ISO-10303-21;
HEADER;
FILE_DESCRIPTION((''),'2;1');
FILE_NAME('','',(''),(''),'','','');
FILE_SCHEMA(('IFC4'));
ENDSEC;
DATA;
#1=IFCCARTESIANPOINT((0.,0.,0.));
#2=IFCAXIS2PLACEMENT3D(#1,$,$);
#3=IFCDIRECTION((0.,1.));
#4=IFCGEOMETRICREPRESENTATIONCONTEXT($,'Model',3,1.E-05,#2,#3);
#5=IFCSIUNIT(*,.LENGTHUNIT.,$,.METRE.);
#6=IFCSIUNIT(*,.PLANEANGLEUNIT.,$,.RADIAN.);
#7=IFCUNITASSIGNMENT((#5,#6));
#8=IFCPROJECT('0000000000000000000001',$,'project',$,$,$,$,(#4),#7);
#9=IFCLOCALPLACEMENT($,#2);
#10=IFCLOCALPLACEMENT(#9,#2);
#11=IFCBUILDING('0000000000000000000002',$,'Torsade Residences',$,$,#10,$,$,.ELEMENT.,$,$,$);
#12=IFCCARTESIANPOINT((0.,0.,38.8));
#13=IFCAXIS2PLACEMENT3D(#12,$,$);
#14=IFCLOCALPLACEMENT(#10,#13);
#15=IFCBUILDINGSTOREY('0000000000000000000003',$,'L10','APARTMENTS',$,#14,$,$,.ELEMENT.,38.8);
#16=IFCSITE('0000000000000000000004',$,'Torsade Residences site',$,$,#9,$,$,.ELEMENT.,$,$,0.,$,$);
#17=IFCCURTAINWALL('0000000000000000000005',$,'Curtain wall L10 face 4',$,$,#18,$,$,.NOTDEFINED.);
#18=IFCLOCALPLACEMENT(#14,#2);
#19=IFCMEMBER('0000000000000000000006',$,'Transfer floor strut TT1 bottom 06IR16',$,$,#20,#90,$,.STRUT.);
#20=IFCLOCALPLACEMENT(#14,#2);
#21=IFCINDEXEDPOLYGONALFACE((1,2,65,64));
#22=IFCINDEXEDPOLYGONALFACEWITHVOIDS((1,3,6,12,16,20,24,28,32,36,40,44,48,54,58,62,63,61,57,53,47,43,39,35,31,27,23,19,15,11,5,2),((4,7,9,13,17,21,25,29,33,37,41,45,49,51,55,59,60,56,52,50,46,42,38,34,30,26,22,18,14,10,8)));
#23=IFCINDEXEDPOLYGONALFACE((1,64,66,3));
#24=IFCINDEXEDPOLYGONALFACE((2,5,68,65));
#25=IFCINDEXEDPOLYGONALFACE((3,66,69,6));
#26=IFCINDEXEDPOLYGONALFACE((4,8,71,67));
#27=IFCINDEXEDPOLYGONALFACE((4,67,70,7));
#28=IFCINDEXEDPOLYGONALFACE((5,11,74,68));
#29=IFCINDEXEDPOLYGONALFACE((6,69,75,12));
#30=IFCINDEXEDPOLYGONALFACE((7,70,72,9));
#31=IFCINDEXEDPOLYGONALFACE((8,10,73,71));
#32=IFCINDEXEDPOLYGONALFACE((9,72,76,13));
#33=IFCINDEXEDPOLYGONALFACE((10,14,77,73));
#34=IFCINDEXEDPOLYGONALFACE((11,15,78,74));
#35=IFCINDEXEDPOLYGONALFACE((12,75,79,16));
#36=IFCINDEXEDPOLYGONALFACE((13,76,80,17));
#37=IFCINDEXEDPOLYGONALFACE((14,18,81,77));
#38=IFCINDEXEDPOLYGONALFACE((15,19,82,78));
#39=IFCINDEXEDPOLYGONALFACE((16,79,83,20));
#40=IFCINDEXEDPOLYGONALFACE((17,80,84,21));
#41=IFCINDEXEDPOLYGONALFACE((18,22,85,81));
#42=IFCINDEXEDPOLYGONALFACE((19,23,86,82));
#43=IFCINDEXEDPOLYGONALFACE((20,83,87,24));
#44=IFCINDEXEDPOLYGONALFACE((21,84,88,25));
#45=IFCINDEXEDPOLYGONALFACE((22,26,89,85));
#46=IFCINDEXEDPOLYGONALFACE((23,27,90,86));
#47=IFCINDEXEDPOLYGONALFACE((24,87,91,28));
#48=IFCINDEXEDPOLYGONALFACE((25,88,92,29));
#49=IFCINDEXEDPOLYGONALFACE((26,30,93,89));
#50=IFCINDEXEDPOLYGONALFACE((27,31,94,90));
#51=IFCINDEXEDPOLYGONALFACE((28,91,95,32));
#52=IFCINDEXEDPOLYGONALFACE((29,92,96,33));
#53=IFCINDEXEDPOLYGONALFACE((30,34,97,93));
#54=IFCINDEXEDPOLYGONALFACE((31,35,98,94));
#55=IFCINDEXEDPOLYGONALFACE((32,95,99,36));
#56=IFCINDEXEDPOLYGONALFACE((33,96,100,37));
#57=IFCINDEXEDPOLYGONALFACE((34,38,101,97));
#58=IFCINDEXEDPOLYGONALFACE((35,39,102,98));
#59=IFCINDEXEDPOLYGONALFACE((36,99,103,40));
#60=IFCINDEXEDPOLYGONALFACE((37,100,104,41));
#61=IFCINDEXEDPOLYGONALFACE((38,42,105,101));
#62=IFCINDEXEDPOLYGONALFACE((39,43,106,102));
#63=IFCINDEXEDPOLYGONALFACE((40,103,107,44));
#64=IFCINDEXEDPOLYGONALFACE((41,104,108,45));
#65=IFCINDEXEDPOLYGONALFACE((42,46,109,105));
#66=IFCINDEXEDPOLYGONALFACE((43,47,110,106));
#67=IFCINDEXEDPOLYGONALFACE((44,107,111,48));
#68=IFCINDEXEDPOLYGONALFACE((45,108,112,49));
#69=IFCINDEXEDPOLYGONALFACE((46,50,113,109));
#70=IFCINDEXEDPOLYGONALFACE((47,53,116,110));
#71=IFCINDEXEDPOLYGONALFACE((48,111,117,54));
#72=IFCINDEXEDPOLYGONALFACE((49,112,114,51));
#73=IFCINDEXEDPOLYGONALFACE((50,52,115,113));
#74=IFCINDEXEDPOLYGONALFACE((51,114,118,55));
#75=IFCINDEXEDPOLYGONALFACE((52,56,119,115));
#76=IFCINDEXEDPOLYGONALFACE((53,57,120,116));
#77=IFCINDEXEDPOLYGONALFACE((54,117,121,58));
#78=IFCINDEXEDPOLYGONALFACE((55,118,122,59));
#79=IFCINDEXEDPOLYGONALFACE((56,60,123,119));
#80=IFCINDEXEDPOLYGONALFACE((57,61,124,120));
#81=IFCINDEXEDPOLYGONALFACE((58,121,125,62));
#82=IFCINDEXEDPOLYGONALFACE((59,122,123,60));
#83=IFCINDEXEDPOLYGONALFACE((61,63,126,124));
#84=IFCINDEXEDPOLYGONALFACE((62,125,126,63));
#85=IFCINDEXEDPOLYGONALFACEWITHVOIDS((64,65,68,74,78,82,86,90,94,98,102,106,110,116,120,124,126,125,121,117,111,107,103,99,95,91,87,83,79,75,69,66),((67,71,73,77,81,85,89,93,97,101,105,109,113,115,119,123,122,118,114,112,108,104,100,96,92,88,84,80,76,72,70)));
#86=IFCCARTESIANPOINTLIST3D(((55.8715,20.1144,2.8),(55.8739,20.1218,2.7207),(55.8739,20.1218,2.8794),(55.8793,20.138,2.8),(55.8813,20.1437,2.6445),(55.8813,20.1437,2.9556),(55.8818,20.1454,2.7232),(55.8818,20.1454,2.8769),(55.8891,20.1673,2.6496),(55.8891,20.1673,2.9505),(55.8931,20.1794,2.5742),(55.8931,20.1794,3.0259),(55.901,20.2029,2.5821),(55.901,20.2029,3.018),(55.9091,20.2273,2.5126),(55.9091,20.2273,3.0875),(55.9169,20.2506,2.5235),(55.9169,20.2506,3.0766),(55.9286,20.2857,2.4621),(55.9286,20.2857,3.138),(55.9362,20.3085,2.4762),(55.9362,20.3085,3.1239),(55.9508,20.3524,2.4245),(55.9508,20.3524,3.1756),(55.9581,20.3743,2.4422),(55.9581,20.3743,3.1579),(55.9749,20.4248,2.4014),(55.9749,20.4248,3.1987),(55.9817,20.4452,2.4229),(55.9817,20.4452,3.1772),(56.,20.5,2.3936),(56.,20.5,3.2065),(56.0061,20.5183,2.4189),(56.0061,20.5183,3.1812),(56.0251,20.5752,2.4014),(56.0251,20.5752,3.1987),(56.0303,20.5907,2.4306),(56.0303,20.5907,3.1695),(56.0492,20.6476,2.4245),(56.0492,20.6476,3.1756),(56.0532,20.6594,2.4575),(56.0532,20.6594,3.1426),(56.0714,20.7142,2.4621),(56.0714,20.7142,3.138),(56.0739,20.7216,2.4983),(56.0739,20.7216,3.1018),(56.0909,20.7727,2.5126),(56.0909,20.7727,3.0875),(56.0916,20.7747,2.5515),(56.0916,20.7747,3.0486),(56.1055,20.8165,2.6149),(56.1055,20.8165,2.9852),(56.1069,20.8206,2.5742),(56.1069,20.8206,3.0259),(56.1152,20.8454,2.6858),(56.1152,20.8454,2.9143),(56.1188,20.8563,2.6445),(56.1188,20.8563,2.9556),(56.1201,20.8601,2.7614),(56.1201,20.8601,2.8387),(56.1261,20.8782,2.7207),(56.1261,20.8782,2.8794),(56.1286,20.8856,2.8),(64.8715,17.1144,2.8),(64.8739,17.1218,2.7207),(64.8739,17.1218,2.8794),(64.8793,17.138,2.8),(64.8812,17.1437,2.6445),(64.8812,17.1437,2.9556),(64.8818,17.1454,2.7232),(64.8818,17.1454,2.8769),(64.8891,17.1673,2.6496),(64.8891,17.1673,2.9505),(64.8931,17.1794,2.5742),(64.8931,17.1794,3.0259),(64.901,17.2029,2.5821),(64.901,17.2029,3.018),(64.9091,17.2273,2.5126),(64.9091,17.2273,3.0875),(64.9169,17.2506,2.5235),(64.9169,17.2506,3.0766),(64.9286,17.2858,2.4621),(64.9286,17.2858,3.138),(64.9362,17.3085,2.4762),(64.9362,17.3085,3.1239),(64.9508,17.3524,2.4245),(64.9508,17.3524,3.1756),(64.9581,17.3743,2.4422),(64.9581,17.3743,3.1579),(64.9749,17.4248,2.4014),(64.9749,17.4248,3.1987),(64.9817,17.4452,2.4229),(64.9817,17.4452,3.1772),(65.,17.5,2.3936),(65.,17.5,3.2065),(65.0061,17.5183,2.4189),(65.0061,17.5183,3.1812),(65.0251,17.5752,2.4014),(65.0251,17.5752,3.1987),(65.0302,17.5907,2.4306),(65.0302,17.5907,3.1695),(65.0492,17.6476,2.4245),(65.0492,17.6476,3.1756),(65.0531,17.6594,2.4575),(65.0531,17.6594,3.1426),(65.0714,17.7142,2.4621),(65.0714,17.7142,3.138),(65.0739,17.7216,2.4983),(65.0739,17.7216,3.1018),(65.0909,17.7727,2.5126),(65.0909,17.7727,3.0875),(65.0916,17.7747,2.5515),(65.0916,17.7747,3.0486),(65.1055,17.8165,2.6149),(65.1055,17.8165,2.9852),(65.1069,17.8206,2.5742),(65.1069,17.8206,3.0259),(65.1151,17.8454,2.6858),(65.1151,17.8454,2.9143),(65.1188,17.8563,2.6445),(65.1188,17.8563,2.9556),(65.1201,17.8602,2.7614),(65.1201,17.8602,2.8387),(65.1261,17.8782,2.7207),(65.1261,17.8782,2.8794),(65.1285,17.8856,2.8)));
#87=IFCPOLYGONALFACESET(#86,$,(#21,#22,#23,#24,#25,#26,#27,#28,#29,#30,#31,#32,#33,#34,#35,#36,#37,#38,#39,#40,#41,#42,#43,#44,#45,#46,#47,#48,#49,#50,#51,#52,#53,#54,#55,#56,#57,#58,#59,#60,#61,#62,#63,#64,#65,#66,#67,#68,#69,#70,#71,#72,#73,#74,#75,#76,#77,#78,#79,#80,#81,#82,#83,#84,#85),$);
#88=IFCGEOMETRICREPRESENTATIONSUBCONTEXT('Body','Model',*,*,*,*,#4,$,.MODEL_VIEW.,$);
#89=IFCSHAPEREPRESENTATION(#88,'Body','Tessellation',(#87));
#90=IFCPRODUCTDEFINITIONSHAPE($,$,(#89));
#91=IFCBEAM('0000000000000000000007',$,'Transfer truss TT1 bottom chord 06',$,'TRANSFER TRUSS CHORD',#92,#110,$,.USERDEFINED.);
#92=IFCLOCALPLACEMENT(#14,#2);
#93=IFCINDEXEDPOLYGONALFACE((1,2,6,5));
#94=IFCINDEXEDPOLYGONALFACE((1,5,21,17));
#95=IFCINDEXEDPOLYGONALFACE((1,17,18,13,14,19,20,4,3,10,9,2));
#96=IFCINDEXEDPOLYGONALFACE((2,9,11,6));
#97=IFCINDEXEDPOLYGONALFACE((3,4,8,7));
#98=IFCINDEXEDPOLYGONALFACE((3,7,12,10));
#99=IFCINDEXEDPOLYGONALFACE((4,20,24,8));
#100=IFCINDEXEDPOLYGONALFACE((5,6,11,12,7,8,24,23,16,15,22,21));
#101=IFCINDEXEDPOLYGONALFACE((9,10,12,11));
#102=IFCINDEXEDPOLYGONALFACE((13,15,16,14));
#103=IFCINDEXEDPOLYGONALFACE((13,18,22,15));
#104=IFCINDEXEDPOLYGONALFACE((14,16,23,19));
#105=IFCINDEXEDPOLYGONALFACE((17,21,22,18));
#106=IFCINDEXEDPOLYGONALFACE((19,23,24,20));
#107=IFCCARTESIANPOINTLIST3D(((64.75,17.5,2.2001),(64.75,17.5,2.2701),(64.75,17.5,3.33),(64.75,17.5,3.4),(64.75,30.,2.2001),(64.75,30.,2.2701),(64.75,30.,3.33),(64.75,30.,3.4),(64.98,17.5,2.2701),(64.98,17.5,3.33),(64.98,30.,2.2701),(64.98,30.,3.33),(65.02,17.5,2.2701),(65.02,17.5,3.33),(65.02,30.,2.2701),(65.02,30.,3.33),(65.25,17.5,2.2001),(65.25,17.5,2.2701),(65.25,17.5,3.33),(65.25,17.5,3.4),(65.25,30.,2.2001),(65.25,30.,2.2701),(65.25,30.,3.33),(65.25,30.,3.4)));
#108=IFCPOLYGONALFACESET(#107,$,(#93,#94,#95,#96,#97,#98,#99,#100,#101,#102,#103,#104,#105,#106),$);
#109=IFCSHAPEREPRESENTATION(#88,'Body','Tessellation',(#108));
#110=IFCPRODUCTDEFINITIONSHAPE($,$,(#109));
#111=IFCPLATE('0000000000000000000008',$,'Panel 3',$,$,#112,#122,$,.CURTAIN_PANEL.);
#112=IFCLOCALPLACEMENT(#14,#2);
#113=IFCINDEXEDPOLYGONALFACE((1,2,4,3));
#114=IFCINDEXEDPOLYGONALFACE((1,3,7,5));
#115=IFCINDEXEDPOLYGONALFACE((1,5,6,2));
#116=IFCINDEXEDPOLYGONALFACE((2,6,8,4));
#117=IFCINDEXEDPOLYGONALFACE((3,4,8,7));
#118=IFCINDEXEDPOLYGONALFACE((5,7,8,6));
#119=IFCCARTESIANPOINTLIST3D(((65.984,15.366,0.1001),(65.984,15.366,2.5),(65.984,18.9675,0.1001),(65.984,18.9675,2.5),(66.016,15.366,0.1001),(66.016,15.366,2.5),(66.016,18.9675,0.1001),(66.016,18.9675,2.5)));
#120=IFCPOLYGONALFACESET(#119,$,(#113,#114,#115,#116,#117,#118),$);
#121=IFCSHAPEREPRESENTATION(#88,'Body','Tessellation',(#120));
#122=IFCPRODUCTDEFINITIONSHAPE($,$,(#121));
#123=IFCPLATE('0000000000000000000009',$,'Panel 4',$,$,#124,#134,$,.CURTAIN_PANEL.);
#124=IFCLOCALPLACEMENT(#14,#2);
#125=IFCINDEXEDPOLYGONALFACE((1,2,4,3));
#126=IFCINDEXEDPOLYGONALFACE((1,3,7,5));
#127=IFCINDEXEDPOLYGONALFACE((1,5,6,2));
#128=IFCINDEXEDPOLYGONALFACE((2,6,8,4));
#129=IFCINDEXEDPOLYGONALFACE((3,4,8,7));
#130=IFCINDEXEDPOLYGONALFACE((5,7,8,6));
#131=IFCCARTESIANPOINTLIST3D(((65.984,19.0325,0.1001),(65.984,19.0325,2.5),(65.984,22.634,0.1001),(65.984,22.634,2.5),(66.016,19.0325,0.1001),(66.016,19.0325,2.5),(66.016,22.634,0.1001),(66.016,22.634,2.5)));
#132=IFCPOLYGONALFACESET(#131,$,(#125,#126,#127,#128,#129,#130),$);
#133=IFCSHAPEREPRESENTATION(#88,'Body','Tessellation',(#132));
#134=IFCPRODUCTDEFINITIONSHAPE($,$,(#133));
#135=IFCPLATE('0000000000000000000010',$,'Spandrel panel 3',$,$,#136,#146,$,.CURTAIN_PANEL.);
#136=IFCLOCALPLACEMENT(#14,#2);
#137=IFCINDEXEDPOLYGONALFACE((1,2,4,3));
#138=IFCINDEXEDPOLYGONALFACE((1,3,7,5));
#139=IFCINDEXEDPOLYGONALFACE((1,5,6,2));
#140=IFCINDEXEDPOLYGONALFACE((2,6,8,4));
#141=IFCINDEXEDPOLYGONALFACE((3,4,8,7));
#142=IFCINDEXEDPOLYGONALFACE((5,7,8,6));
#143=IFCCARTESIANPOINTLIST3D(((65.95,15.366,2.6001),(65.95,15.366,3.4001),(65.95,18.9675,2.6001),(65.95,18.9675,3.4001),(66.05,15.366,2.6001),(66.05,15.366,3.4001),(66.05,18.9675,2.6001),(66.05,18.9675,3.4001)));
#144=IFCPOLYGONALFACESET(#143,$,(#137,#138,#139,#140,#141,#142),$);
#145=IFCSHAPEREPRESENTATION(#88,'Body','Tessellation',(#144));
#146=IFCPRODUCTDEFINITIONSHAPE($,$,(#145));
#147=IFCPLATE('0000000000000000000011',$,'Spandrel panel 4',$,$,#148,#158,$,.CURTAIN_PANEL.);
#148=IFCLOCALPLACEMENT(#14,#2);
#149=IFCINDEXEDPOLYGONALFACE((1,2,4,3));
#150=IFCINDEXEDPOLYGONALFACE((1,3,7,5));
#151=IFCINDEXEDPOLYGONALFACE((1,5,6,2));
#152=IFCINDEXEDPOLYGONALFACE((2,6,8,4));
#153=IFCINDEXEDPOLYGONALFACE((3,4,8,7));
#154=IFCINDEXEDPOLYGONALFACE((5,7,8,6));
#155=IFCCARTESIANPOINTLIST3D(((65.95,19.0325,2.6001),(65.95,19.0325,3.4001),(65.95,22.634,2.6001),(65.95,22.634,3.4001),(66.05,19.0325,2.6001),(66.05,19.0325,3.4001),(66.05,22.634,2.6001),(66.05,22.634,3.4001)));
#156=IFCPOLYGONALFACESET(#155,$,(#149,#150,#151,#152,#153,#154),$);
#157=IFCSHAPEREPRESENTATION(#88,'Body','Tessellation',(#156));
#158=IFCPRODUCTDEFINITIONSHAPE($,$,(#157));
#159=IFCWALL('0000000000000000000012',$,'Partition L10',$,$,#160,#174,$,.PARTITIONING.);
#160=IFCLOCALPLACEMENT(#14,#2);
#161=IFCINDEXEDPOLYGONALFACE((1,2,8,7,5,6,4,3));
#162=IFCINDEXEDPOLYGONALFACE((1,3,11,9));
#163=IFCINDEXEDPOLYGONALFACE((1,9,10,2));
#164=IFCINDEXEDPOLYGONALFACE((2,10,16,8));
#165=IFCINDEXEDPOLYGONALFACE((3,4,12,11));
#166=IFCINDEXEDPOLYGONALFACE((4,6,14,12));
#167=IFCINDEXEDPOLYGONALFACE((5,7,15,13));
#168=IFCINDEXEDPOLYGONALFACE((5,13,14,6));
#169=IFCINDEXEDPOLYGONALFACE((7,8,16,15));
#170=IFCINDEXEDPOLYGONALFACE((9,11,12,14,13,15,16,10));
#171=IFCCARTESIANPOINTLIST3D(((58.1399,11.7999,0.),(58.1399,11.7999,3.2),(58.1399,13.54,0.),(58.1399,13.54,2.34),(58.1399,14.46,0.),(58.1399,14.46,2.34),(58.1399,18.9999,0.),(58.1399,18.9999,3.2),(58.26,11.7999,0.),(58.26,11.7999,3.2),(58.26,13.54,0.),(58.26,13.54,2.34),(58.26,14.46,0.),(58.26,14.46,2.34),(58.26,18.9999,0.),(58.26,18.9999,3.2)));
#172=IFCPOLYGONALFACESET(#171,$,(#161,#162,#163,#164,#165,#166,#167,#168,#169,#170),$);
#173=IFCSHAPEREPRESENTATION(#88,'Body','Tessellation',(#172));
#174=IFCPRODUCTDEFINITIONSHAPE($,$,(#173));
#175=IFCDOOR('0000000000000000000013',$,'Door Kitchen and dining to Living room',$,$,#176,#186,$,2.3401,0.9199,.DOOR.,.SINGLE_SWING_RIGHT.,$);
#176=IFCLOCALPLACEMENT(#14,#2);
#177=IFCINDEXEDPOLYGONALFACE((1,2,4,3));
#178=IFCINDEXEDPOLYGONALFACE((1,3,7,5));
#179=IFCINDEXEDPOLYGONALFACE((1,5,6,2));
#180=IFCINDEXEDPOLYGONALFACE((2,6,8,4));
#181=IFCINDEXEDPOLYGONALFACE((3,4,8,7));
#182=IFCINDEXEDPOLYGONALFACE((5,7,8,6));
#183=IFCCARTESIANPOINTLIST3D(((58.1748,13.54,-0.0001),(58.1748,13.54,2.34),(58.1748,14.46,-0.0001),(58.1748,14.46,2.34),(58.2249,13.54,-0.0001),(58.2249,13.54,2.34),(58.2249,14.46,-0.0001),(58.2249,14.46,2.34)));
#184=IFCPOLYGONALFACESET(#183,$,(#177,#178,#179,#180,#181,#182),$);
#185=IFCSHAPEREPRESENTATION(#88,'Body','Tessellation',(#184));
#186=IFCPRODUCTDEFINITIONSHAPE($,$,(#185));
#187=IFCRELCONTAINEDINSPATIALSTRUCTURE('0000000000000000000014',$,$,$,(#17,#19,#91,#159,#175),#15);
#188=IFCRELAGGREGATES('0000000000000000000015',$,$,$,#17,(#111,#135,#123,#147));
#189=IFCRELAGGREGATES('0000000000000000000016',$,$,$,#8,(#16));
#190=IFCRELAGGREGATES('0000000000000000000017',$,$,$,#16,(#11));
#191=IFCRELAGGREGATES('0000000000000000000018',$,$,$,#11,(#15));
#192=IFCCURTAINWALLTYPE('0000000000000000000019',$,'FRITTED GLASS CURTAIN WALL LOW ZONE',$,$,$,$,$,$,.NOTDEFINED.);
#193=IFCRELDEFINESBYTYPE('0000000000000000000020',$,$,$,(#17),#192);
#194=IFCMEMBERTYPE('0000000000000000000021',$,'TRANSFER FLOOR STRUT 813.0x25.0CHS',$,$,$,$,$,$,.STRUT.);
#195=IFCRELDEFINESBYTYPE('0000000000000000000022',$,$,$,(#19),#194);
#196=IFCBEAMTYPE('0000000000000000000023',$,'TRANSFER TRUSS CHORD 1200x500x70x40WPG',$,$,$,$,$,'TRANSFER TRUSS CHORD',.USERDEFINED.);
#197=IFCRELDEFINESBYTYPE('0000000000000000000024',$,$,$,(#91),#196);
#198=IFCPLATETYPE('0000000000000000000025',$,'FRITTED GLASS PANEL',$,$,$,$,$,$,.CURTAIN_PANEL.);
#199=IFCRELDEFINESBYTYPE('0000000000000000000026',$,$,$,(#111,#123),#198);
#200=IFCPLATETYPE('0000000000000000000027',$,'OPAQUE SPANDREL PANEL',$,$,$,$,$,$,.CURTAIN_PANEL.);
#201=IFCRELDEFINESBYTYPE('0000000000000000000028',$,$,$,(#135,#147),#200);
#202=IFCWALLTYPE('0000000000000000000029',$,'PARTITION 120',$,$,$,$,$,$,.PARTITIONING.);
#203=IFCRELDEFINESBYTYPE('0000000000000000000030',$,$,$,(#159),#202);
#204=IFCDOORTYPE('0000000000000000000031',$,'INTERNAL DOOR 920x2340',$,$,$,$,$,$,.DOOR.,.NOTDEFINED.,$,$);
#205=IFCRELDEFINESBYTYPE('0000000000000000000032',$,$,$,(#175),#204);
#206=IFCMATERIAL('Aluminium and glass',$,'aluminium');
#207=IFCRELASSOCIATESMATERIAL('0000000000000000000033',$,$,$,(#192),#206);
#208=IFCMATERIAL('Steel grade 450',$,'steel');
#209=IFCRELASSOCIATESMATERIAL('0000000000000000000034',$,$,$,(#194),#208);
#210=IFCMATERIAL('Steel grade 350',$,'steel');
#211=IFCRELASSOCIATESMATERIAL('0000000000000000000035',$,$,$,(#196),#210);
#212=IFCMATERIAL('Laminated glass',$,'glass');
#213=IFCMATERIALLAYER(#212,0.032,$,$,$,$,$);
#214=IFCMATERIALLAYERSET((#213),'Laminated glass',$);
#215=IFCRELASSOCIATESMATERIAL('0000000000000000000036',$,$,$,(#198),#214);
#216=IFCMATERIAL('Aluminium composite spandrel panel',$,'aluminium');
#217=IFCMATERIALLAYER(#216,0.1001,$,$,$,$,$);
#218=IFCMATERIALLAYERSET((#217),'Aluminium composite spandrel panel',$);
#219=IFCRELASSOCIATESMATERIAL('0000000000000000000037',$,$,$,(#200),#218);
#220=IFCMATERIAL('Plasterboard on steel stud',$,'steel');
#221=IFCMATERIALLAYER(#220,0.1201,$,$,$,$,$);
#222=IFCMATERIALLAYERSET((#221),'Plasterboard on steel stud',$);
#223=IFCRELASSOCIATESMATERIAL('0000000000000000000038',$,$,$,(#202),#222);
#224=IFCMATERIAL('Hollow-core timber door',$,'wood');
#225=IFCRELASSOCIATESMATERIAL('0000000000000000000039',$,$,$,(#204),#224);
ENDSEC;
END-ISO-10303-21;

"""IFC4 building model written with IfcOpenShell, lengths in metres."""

from ifc_helpers import new_model, si_unit, direction, frame, frame_2d, origin, origin_2d, place, context, subcontext, project, spatial, rectangle, hollow_circle, i_section, extrude, material, layer, layer_set, material_profile, profile_set, type_object, element, fill, aggregate, save


model = new_model("IFC4")

# Units and contexts
model_context = context("Model", 3, precision=1e-05, world=origin(), true_north=direction((0.0, 1.0)))
body_context = subcontext(model_context, "Body", "Model", "MODEL_VIEW")
ifc_project = project(units=[si_unit("LENGTHUNIT", "METRE"), si_unit("PLANEANGLEUNIT", "RADIAN")], contexts=[model_context])

# Site, building, storey
site_placement = place(None, origin())
site = spatial("IfcSite", under=ifc_project, at=site_placement, Name="Torsade Residences site", CompositionType="ELEMENT", RefElevation=0.0)
building_placement = place(site_placement, origin())
building = spatial("IfcBuilding", under=site, at=building_placement, Name="Torsade Residences", CompositionType="ELEMENT")
storey_placement = place(building_placement, frame((0.0, 0.0, 38.8)))
storey = spatial("IfcBuildingStorey", under=building, at=storey_placement, Name="L10", Description="APARTMENTS", CompositionType="ELEMENT", Elevation=38.8)

# Curtain wall
ifc_material_1 = material(Name="Aluminium and glass", Category="aluminium")
curtain_wall_type = type_object("IfcCurtainWallType", Name="FRITTED GLASS CURTAIN WALL LOW ZONE", PredefinedType="NOTDEFINED", material=ifc_material_1)
curtain_wall_placement = place(storey_placement, origin())
curtain_wall = element("IfcCurtainWall", 1, at=curtain_wall_placement, inside=storey, type_object=curtain_wall_type, Name="Curtain wall L10 face 4", PredefinedType="NOTDEFINED")

# Member
ifc_material_2 = material(Name="Steel grade 450", Category="steel")
ifc_material_profile_1 = material_profile(ifc_material_2, hollow_circle(Radius=0.4065, WallThickness=0.0249, at=origin_2d()), Name="813.0x25.0CHS")
ifc_profile_set_1 = profile_set([ifc_material_profile_1], Name="Steel grade 450")
member_type_1 = type_object("IfcMemberType", Name="TRANSFER FLOOR STRUT 813.0x25.0CHS", PredefinedType="STRUT", material=ifc_profile_set_1)
member_1_placement = place(storey_placement, frame((65.0, 17.5, 2.8), z_axis=(-0.948683, 0.316228, 0.0), x_axis=(-0.316228, -0.948683, 0.0)))
element("IfcMember", 2, at=member_1_placement, inside=storey, type_object=member_type_1, Name="Transfer floor strut TT1 bottom 06IR16", PredefinedType="STRUT", context=body_context, shape_type="SweptSolid", body=[
    extrude(hollow_circle(Radius=0.4065, WallThickness=0.0249, at=origin_2d()), origin(), (0.0, 0.0, 1.0), 9.4868),
])

# Beam
ifc_material_3 = material(Name="Steel grade 350", Category="steel")
ifc_material_profile_2 = material_profile(ifc_material_3, i_section(OverallWidth=0.5, OverallDepth=1.2, WebThickness=0.04, FlangeThickness=0.0701, at=origin_2d()), Name="1200x500x70x40WPG")
ifc_profile_set_2 = profile_set([ifc_material_profile_2], Name="Steel grade 350")
beam_type_1 = type_object("IfcBeamType", Name="TRANSFER TRUSS CHORD 1200x500x70x40WPG", ElementType="TRANSFER TRUSS CHORD", PredefinedType="USERDEFINED", material=ifc_profile_set_2)
beam_1_placement = place(storey_placement, frame((65.0, 17.5, 2.8), z_axis=(0.0, 1.0, 0.0), x_axis=(-1.0, 0.0, 0.0)))
element("IfcBeam", 3, at=beam_1_placement, inside=storey, type_object=beam_type_1, Name="Transfer truss TT1 bottom chord 06", ObjectType="TRANSFER TRUSS CHORD", PredefinedType="USERDEFINED", context=body_context, shape_type="SweptSolid", body=[
    extrude(i_section(OverallWidth=0.5, OverallDepth=1.2, WebThickness=0.04, FlangeThickness=0.0701, at=origin_2d()), origin(), (0.0, 0.0, 1.0), 12.5),
])

# Plates
ifc_material_4 = material(Name="Laminated glass", Category="glass")
ifc_layer_1 = layer(ifc_material_4, 0.032)
ifc_layer_set_1 = layer_set([ifc_layer_1], Name="Laminated glass")
plate_type_1 = type_object("IfcPlateType", Name="FRITTED GLASS PANEL", PredefinedType="CURTAIN_PANEL", material=ifc_layer_set_1)
plate_1_placement = place(storey_placement, frame((66.0, 17.1667, 0.1001), z_axis=(0.0, 0.0, 1.0), x_axis=(0.0, 1.0, 0.0)))
plate_1 = element("IfcPlate", 4, at=plate_1_placement, type_object=plate_type_1, Name="Panel 3", PredefinedType="CURTAIN_PANEL", context=body_context, shape_type="SweptSolid", body=[
    extrude(rectangle(XDim=3.6016, YDim=0.032, at=origin_2d()), origin(), (0.0, 0.0, 1.0), 2.3999),
])
plate_2_placement = place(storey_placement, frame((66.0, 20.8333, 0.1001), z_axis=(0.0, 0.0, 1.0), x_axis=(0.0, 1.0, 0.0)))
plate_2 = element("IfcPlate", 5, at=plate_2_placement, type_object=plate_type_1, Name="Panel 4", PredefinedType="CURTAIN_PANEL", context=body_context, shape_type="SweptSolid", body=[
    extrude(rectangle(XDim=3.6016, YDim=0.032, at=origin_2d()), origin(), (0.0, 0.0, 1.0), 2.3999),
])
ifc_material_5 = material(Name="Aluminium composite spandrel panel", Category="aluminium")
ifc_layer_2 = layer(ifc_material_5, 0.1001)
ifc_layer_set_2 = layer_set([ifc_layer_2], Name="Aluminium composite spandrel panel")
plate_type_2 = type_object("IfcPlateType", Name="OPAQUE SPANDREL PANEL", PredefinedType="CURTAIN_PANEL", material=ifc_layer_set_2)
plate_3_placement = place(storey_placement, frame((66.0, 17.1667, 2.6001), z_axis=(0.0, 0.0, 1.0), x_axis=(0.0, 1.0, 0.0)))
plate_3 = element("IfcPlate", 6, at=plate_3_placement, type_object=plate_type_2, Name="Spandrel panel 3", PredefinedType="CURTAIN_PANEL", context=body_context, shape_type="SweptSolid", body=[
    extrude(rectangle(XDim=3.6016, YDim=0.1001, at=origin_2d()), origin(), (0.0, 0.0, 1.0), 0.8),
])
plate_4_placement = place(storey_placement, frame((66.0, 20.8333, 2.6001), z_axis=(0.0, 0.0, 1.0), x_axis=(0.0, 1.0, 0.0)))
plate_4 = element("IfcPlate", 7, at=plate_4_placement, type_object=plate_type_2, Name="Spandrel panel 4", PredefinedType="CURTAIN_PANEL", context=body_context, shape_type="SweptSolid", body=[
    extrude(rectangle(XDim=3.6016, YDim=0.1001, at=origin_2d()), origin(), (0.0, 0.0, 1.0), 0.8),
])
aggregate(curtain_wall, [plate_1, plate_3, plate_2, plate_4])

# Wall, opening, door
ifc_material_6 = material(Name="Plasterboard on steel stud", Category="steel")
ifc_layer_3 = layer(ifc_material_6, 0.1201)
ifc_layer_set_3 = layer_set([ifc_layer_3], Name="Plasterboard on steel stud")
wall_type_1 = type_object("IfcWallType", Name="PARTITION 120", PredefinedType="PARTITIONING", material=ifc_layer_set_3)
wall_1_placement = place(storey_placement, frame((58.2, 19.0, 0.0), z_axis=(0.0, 0.0, 1.0), x_axis=(0.0, -1.0, 0.0)))
wall_1 = element("IfcWall", 8, at=wall_1_placement, inside=storey, type_object=wall_type_1, Name="Partition L10", PredefinedType="PARTITIONING", context=body_context, shape_type="SweptSolid", body=[
    extrude(rectangle(XDim=7.2, YDim=0.1201, at=frame_2d((3.6001, 0.0))), origin(), (0.0, 0.0, 1.0), 3.2),
])
opening_1_placement = place(wall_1_placement, frame((4.54, 0.0, 0.0)))
opening_1 = element("IfcOpeningElement", 9, at=opening_1_placement, cuts=wall_1, PredefinedType="OPENING", context=body_context, shape_type="SweptSolid", body=[
    extrude(rectangle(XDim=0.9199, YDim=2.3401, at=frame_2d((0.46, 1.1699))), frame((0.0, 0.0701, 0.0), z_axis=(0.0, -1.0, 0.0), x_axis=(1.0, 0.0, 0.0)), (0.0, 0.0, 1.0), 0.1401),
])
ifc_material_7 = material(Name="Hollow-core timber door", Category="wood")
door_type_1 = type_object("IfcDoorType", Name="INTERNAL DOOR 920x2340", OperationType="NOTDEFINED", PredefinedType="DOOR", material=ifc_material_7)
door_1_placement = place(opening_1_placement, origin())
door_1 = element("IfcDoor", 10, at=door_1_placement, inside=storey, type_object=door_type_1, Name="Door Kitchen and dining to Living room", OperationType="SINGLE_SWING_RIGHT", OverallHeight=2.3401, OverallWidth=0.9199, PredefinedType="DOOR", context=body_context, shape_type="SweptSolid", body=[
    extrude(rectangle(XDim=0.9199, YDim=2.3401, at=frame_2d((0.46, 1.1699))), frame((0.0, 0.0249, 0.0), z_axis=(0.0, -1.0, 0.0), x_axis=(1.0, 0.0, 0.0)), (0.0, 0.0, 1.0), 0.05),
])
fill(opening_1, door_1)

save(model, "model.ifc")
